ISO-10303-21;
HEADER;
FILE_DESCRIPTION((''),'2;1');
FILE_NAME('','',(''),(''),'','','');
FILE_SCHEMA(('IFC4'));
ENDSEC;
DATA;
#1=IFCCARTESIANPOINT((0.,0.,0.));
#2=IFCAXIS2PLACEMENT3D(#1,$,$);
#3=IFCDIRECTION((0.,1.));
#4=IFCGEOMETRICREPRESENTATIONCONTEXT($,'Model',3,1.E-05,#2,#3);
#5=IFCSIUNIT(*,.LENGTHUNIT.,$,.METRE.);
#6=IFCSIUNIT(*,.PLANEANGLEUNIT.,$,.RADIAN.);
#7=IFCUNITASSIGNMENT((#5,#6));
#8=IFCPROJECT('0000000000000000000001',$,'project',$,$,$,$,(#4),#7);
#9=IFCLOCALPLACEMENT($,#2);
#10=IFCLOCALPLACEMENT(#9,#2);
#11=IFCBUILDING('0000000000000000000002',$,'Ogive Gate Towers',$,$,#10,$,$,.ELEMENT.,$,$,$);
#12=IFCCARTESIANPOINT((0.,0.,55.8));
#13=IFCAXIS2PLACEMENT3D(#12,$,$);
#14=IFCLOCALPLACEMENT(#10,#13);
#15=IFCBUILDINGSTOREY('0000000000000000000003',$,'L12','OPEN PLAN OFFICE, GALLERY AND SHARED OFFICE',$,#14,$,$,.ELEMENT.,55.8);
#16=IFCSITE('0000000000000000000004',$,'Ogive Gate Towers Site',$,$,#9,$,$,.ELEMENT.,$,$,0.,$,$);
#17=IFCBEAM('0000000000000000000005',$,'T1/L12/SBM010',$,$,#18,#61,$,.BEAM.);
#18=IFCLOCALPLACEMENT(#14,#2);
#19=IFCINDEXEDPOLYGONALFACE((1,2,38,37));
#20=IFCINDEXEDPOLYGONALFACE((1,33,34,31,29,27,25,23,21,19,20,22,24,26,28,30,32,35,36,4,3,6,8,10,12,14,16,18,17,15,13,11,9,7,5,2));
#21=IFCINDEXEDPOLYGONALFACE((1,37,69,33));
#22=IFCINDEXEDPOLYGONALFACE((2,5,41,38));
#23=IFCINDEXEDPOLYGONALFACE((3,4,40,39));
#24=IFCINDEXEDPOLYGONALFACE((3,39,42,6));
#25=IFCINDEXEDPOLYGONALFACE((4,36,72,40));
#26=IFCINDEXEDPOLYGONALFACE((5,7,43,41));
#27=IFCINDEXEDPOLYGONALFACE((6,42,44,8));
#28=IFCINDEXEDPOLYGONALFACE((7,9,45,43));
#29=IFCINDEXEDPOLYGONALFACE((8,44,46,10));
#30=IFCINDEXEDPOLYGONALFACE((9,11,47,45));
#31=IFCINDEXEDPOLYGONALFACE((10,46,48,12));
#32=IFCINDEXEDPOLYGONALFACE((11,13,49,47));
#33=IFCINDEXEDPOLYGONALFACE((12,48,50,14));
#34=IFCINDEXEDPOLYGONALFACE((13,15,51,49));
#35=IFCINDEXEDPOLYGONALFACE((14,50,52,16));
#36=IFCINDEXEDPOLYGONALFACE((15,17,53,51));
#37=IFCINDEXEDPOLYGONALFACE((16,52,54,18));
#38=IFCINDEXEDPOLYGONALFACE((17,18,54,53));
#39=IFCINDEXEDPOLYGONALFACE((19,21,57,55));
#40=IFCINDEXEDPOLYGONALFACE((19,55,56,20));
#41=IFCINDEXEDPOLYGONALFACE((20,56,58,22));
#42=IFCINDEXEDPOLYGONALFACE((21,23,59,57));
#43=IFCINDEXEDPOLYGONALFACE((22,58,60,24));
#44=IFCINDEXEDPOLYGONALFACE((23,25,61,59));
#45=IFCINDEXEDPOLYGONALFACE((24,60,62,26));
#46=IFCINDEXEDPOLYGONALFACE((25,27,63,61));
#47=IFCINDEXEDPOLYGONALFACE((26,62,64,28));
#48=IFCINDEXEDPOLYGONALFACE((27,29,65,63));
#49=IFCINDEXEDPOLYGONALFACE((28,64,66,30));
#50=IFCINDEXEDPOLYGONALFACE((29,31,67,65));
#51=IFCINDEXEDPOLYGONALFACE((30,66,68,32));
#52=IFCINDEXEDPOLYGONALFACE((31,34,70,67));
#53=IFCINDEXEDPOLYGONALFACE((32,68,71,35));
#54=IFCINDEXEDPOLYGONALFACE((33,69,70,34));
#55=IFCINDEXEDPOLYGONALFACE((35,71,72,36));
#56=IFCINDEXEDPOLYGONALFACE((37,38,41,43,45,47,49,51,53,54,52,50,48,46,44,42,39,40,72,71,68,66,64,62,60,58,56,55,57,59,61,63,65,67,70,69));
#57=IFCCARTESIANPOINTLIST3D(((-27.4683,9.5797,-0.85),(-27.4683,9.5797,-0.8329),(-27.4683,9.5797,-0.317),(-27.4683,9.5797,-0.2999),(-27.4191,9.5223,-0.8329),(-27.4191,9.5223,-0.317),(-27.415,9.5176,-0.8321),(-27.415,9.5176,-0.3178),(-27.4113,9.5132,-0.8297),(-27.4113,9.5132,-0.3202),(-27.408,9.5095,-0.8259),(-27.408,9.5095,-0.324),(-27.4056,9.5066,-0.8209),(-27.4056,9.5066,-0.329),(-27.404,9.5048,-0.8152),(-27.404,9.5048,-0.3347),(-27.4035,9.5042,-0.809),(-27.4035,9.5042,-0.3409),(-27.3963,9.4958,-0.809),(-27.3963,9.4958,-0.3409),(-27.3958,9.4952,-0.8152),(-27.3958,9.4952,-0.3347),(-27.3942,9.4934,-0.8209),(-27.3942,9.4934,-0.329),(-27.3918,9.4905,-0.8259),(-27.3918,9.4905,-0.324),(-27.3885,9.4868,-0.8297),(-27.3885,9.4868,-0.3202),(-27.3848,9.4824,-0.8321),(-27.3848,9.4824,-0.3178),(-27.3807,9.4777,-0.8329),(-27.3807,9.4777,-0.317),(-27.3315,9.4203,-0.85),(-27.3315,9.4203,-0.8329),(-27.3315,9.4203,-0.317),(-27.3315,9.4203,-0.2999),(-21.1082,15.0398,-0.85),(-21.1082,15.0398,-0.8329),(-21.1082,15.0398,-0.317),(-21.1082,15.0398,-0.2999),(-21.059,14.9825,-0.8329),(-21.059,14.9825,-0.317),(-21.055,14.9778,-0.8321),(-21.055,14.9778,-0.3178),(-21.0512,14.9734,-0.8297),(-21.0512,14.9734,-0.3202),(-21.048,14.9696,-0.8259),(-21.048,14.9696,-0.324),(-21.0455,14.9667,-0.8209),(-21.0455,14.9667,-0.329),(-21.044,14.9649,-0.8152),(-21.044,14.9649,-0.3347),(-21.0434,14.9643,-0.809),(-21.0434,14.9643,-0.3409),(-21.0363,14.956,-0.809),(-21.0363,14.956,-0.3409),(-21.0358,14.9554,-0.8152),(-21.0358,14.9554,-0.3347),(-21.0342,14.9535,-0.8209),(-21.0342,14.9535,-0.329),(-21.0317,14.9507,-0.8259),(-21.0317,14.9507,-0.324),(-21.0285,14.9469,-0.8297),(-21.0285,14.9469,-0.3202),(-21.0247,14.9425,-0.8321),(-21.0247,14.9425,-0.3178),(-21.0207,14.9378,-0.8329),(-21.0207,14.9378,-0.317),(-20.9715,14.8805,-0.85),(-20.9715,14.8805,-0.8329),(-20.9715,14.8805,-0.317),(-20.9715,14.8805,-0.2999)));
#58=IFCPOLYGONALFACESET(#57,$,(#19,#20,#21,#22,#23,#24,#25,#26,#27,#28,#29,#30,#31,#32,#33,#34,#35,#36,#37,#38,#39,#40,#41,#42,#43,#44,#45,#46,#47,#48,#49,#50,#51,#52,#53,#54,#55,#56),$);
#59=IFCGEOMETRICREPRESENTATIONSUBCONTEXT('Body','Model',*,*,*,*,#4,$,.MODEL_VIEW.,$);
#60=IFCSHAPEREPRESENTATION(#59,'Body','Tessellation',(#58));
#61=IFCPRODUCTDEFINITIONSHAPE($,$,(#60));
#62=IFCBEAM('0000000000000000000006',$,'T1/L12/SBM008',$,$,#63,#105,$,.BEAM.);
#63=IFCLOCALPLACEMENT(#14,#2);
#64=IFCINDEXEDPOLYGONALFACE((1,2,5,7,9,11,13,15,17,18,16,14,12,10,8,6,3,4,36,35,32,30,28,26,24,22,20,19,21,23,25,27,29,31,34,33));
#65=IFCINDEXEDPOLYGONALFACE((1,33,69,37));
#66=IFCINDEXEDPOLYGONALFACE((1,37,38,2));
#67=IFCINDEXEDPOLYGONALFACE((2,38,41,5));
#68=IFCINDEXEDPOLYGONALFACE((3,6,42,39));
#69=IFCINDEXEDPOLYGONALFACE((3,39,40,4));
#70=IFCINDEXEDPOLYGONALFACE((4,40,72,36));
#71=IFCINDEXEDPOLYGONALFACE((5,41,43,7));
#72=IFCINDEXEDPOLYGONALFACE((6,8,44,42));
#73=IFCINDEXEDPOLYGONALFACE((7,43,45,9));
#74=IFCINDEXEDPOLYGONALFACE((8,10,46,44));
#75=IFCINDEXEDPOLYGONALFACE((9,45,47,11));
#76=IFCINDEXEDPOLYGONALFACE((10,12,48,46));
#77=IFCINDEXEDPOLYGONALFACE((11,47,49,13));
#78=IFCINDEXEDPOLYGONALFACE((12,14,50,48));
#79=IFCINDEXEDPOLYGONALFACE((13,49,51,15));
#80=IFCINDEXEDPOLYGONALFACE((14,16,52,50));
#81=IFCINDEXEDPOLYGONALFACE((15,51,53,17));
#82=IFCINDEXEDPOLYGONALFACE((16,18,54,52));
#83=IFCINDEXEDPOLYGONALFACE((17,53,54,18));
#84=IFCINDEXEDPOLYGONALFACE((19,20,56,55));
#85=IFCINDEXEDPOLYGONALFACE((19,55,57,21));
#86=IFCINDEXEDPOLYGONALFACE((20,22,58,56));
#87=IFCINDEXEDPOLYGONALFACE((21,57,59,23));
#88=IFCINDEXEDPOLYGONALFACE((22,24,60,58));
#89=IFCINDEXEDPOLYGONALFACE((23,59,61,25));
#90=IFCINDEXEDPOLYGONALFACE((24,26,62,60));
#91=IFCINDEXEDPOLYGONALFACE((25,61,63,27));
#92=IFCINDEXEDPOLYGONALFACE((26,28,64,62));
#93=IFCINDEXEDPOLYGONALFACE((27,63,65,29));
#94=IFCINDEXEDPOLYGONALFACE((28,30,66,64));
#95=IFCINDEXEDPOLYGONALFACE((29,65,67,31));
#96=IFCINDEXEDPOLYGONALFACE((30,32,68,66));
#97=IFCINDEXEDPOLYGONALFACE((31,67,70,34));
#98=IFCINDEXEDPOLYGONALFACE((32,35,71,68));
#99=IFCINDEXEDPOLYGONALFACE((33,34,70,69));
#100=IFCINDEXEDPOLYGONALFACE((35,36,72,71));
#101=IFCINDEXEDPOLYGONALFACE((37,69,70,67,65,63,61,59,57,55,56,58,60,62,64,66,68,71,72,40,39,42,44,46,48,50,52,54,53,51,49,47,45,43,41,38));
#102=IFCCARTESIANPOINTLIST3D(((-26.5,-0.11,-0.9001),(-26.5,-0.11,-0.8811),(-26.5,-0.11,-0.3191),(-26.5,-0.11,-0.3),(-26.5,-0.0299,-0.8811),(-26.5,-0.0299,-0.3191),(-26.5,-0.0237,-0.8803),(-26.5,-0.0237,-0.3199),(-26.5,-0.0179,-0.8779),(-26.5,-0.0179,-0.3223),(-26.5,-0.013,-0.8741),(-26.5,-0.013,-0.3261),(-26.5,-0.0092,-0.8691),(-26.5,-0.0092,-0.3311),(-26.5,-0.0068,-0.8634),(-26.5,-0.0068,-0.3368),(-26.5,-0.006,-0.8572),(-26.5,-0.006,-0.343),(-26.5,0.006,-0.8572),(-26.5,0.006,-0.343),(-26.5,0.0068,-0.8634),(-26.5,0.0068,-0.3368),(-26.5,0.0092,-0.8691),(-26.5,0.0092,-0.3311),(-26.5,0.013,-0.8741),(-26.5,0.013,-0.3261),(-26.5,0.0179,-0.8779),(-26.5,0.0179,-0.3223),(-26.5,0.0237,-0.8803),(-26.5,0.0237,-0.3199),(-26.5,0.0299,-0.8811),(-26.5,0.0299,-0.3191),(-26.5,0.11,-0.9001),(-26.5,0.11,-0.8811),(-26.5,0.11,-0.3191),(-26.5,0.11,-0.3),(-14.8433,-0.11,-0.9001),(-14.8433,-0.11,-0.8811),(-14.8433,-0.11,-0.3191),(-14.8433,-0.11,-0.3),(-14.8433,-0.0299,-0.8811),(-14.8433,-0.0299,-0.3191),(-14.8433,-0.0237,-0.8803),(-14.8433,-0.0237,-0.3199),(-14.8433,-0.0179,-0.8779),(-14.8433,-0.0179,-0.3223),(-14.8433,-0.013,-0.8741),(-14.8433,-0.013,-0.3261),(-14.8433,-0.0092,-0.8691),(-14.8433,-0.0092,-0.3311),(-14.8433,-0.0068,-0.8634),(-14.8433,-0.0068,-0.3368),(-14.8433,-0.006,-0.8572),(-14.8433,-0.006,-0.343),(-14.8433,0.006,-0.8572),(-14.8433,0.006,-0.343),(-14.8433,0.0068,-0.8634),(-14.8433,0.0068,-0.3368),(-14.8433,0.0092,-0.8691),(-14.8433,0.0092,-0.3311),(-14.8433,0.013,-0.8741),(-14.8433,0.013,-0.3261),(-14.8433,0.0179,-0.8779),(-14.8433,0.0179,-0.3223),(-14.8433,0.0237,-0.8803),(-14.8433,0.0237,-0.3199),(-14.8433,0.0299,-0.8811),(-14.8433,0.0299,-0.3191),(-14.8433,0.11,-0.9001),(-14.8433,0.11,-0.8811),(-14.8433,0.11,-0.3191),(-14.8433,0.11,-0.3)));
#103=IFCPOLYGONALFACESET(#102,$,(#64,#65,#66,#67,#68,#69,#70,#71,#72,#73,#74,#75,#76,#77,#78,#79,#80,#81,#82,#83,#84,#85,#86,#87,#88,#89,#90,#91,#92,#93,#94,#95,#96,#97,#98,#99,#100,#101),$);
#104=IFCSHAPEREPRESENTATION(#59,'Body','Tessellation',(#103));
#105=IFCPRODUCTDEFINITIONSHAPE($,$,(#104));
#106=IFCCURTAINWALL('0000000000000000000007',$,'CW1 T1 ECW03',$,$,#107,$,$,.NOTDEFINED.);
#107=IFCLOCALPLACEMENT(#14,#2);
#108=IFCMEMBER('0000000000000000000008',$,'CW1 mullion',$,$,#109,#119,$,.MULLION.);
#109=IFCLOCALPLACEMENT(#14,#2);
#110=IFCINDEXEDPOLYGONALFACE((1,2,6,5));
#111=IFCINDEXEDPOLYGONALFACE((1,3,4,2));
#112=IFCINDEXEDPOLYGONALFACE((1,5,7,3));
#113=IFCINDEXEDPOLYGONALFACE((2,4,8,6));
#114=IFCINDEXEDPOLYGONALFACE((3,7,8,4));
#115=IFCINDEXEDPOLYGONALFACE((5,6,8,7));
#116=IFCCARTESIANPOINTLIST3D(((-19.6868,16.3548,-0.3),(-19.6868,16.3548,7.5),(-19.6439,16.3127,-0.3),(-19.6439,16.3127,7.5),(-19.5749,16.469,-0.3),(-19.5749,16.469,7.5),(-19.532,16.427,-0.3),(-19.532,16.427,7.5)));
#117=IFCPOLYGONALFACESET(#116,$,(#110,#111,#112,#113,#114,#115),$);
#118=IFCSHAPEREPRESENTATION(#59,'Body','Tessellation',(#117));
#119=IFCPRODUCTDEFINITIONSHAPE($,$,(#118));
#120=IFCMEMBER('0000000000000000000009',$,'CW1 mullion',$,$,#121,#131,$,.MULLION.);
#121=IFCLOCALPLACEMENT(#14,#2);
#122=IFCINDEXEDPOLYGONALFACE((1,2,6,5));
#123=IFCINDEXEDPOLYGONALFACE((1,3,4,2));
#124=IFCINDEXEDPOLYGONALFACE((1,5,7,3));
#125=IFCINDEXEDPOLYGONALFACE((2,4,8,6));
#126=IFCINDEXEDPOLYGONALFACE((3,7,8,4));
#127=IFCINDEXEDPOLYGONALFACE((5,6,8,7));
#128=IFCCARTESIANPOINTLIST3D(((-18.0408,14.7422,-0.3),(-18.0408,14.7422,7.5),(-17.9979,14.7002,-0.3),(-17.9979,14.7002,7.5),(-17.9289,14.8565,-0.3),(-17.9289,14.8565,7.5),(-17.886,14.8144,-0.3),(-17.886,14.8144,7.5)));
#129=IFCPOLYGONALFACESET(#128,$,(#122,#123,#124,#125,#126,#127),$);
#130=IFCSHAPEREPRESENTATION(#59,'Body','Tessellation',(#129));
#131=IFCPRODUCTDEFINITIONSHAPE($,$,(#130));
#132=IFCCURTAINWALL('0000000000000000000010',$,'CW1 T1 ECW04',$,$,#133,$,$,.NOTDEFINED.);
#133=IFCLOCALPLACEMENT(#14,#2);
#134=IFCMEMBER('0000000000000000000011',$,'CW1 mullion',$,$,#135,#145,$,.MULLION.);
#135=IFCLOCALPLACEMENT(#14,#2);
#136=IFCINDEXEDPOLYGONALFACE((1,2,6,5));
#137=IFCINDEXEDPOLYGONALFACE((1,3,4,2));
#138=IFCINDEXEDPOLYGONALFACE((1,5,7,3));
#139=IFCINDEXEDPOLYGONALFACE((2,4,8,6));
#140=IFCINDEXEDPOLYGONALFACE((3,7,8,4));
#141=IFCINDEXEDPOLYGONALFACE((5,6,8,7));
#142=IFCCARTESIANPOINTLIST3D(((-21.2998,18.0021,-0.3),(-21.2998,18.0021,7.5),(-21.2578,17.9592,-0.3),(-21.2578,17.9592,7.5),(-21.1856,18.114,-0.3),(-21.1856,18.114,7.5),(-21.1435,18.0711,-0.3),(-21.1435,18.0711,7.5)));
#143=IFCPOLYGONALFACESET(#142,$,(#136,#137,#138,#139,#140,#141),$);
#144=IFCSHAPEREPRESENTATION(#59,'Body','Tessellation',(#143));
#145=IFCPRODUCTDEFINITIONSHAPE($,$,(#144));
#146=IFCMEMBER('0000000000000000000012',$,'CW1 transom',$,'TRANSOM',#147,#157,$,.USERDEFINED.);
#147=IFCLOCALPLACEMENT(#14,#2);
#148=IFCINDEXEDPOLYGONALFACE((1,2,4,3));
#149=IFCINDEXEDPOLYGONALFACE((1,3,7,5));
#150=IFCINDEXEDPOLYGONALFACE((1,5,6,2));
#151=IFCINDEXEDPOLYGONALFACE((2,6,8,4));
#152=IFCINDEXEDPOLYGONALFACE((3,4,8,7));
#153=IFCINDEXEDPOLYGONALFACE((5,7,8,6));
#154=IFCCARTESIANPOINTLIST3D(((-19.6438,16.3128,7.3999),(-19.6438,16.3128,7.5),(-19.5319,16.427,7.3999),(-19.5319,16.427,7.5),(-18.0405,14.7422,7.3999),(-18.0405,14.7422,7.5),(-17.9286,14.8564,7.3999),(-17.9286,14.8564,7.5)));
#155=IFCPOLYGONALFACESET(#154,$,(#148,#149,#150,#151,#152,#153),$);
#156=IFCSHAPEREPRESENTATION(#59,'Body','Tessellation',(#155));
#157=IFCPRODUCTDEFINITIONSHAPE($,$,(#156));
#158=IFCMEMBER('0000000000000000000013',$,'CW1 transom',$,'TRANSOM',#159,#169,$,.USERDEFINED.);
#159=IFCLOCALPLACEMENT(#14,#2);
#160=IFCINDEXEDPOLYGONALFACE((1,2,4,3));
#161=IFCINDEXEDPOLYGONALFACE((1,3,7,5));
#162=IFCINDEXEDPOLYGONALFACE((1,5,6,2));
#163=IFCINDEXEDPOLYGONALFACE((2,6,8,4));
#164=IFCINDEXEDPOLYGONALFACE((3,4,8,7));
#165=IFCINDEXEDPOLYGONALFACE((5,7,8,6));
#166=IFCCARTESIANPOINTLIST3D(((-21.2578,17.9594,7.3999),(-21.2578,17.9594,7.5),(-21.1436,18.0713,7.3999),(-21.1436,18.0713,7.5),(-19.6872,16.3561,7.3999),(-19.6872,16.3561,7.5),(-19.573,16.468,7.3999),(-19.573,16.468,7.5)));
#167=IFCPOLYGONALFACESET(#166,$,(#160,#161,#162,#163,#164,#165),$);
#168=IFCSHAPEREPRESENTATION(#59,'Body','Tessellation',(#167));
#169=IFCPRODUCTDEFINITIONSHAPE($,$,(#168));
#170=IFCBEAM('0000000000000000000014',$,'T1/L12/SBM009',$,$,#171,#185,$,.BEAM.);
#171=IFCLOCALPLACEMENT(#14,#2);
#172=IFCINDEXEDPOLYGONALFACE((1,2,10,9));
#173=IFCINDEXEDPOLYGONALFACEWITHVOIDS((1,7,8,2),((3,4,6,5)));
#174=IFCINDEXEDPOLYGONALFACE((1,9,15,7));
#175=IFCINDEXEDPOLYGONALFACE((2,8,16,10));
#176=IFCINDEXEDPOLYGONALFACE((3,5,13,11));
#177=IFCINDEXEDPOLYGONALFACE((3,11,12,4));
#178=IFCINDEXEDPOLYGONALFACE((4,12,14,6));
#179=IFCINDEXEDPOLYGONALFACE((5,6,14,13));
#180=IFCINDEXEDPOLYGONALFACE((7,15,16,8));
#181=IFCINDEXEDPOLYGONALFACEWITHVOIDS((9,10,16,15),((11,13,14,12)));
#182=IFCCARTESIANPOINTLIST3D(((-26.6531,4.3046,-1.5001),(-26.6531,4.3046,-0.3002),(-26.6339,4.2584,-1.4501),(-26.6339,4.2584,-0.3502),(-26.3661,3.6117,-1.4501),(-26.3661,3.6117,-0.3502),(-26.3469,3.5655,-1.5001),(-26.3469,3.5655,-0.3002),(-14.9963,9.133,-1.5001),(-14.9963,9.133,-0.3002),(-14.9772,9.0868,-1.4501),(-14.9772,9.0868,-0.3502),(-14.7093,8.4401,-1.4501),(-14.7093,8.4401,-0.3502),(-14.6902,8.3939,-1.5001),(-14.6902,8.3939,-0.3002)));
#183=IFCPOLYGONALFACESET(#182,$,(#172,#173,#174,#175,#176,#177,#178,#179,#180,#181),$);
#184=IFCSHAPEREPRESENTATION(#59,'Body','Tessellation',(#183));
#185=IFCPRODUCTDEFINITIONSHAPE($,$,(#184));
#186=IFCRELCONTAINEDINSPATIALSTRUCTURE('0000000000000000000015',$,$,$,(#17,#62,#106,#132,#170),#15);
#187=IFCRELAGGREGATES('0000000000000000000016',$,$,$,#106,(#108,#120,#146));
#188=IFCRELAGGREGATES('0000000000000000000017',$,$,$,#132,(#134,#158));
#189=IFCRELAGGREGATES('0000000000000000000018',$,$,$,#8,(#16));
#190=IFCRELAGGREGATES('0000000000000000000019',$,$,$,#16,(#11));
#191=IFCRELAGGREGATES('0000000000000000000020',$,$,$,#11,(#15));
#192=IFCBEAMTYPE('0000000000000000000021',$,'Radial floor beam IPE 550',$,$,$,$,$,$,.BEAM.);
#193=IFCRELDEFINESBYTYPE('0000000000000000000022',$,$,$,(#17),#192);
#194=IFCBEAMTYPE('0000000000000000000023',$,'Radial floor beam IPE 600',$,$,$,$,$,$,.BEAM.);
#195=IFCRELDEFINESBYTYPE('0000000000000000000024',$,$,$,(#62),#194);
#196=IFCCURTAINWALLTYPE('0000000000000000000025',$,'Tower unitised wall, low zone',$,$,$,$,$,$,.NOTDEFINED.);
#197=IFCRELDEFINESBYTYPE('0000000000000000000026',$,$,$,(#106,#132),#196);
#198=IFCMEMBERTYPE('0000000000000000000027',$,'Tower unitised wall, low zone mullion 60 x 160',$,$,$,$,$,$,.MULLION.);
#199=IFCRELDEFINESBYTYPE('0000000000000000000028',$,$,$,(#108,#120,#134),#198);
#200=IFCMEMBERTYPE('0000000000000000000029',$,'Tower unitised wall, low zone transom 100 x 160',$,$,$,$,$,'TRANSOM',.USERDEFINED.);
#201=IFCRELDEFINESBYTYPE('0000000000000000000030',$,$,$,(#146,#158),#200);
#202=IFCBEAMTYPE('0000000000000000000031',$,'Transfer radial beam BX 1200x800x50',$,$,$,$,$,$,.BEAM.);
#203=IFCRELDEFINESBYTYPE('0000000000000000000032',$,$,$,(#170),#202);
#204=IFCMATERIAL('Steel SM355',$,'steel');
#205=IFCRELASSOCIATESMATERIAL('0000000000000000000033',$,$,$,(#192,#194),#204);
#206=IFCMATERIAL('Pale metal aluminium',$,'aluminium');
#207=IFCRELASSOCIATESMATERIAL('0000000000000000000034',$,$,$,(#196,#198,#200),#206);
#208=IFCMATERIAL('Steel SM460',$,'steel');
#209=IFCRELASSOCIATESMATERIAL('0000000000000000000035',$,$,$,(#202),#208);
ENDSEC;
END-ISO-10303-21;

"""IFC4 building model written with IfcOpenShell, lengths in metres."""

from ifc_helpers import new_model, si_unit, direction, frame, origin, origin_2d, place, context, subcontext, project, spatial, rectangle, hollow_rectangle, i_section, extrude, material, material_profile, profile_set, type_object, element, aggregate, save


model = new_model("IFC4")

# Units and contexts
model_context = context("Model", 3, precision=1e-05, world=origin(), true_north=direction((0.0, 1.0)))
body_context = subcontext(model_context, "Body", "Model", "MODEL_VIEW")
ifc_project = project(units=[si_unit("LENGTHUNIT", "METRE"), si_unit("PLANEANGLEUNIT", "RADIAN")], contexts=[model_context])

# Site, building, storey
site_placement = place(None, origin())
site = spatial("IfcSite", under=ifc_project, at=site_placement, Name="Ogive Gate Towers Site", CompositionType="ELEMENT", RefElevation=0.0)
building_placement = place(site_placement, origin())
building = spatial("IfcBuilding", under=site, at=building_placement, Name="Ogive Gate Towers", CompositionType="ELEMENT")
storey_placement = place(building_placement, frame((0.0, 0.0, 55.8)))
storey = spatial("IfcBuildingStorey", under=building, at=storey_placement, Name="L12", Description="OPEN PLAN OFFICE, GALLERY AND SHARED OFFICE", CompositionType="ELEMENT", Elevation=55.8)

# Beams
ifc_material_1 = material(Name="Steel SM355", Category="steel")
ifc_material_profile_1 = material_profile(ifc_material_1, i_section(OverallWidth=0.21, OverallDepth=0.55, WebThickness=0.011, FlangeThickness=0.0171, FilletRadius=0.0239, at=origin_2d()), Name="IPE 550")
ifc_profile_set_1 = profile_set([ifc_material_profile_1], Name="Steel SM355")
beam_type_1 = type_object("IfcBeamType", Name="Radial floor beam IPE 550", PredefinedType="BEAM", material=ifc_profile_set_1)
beam_1_placement = place(storey_placement, frame((-27.3999, 9.5, -0.575), z_axis=(0.758744, 0.651388, 0.0), x_axis=(-0.651388, 0.758744, 0.0)))
element("IfcBeam", 1, at=beam_1_placement, inside=storey, type_object=beam_type_1, Name="T1/L12/SBM010", PredefinedType="BEAM", context=body_context, shape_type="SweptSolid", body=[
    extrude(i_section(OverallWidth=0.21, OverallDepth=0.55, WebThickness=0.011, FlangeThickness=0.0171, FilletRadius=0.0239, at=origin_2d()), origin(), (0.0, 0.0, 1.0), 8.3823),
])
ifc_material_profile_2 = material_profile(ifc_material_1, i_section(OverallWidth=0.22, OverallDepth=0.6001, WebThickness=0.012, FlangeThickness=0.019, FilletRadius=0.0239, at=origin_2d()), Name="IPE 600")
ifc_profile_set_2 = profile_set([ifc_material_profile_2], Name="Steel SM355")
beam_type_2 = type_object("IfcBeamType", Name="Radial floor beam IPE 600", PredefinedType="BEAM", material=ifc_profile_set_2)
beam_2_placement = place(storey_placement, frame((-26.5, 0.0, -0.6001), z_axis=(1.0, 0.0, 0.0), x_axis=(0.0, 1.0, 0.0)))
element("IfcBeam", 2, at=beam_2_placement, inside=storey, type_object=beam_type_2, Name="T1/L12/SBM008", PredefinedType="BEAM", context=body_context, shape_type="SweptSolid", body=[
    extrude(i_section(OverallWidth=0.22, OverallDepth=0.6001, WebThickness=0.012, FlangeThickness=0.019, FilletRadius=0.0239, at=origin_2d()), origin(), (0.0, 0.0, 1.0), 11.6567),
])

# Curtain wall, members
ifc_material_2 = material(Name="Pale metal aluminium", Category="aluminium")
curtain_wall_type_1 = type_object("IfcCurtainWallType", Name="Tower unitised wall, low zone", PredefinedType="NOTDEFINED", material=ifc_material_2)
curtain_wall_1_placement = place(storey_placement, origin())
curtain_wall_1 = element("IfcCurtainWall", 3, at=curtain_wall_1_placement, inside=storey, type_object=curtain_wall_type_1, Name="CW1 T1 ECW03", PredefinedType="NOTDEFINED")
ifc_material_profile_3 = material_profile(ifc_material_2, rectangle(XDim=0.1599, YDim=0.0601, at=origin_2d()), Name="60 x 160 aluminium box")
ifc_profile_set_3 = profile_set([ifc_material_profile_3], Name="Pale metal aluminium")
member_type_1 = type_object("IfcMemberType", Name="Tower unitised wall, low zone mullion 60 x 160", PredefinedType="MULLION", material=ifc_profile_set_3)
member_1_placement = place(storey_placement, frame((-19.6094, 16.3909, -0.3), z_axis=(0.0, 0.0, 1.0), x_axis=(-0.6998, -0.714338, 0.0)))
member_1 = element("IfcMember", 4, at=member_1_placement, type_object=member_type_1, Name="CW1 mullion", PredefinedType="MULLION", context=body_context, shape_type="SweptSolid", body=[
    extrude(rectangle(XDim=0.1599, YDim=0.0601, at=origin_2d()), origin(), (0.0, 0.0, 1.0), 7.8),
])
member_2_placement = place(storey_placement, frame((-17.9634, 14.7783, -0.3), z_axis=(0.0, 0.0, 1.0), x_axis=(-0.699788, -0.714351, 0.0)))
member_2 = element("IfcMember", 5, at=member_2_placement, type_object=member_type_1, Name="CW1 mullion", PredefinedType="MULLION", context=body_context, shape_type="SweptSolid", body=[
    extrude(rectangle(XDim=0.1599, YDim=0.0601, at=origin_2d()), origin(), (0.0, 0.0, 1.0), 7.8),
])

# Curtain wall, member
curtain_wall_2_placement = place(storey_placement, origin())
curtain_wall_2 = element("IfcCurtainWall", 6, at=curtain_wall_2_placement, inside=storey, type_object=curtain_wall_type_1, Name="CW1 T1 ECW04", PredefinedType="NOTDEFINED")
member_3_placement = place(storey_placement, frame((-21.2217, 18.0366, -0.3), z_axis=(0.0, 0.0, 1.0), x_axis=(-0.714351, -0.699788, 0.0)))
member_3 = element("IfcMember", 7, at=member_3_placement, type_object=member_type_1, Name="CW1 mullion", PredefinedType="MULLION", context=body_context, shape_type="SweptSolid", body=[
    extrude(rectangle(XDim=0.1599, YDim=0.0601, at=origin_2d()), origin(), (0.0, 0.0, 1.0), 7.8),
])

# Members
ifc_material_profile_4 = material_profile(ifc_material_2, rectangle(XDim=0.1599, YDim=0.1001, at=origin_2d()), Name="100 x 160 aluminium box")
ifc_profile_set_4 = profile_set([ifc_material_profile_4], Name="Pale metal aluminium")
member_type_2 = type_object("IfcMemberType", Name="Tower unitised wall, low zone transom 100 x 160", ElementType="TRANSOM", PredefinedType="USERDEFINED", material=ifc_profile_set_4)
member_4_placement = place(storey_placement, frame((-19.5879, 16.3699, 7.45), z_axis=(0.714357, -0.699781, 0.0), x_axis=(0.699781, 0.714357, 0.0)))
member_4 = element("IfcMember", 8, at=member_4_placement, type_object=member_type_2, Name="CW1 transom", ObjectType="TRANSOM", PredefinedType="USERDEFINED", context=body_context, shape_type="SweptSolid", body=[
    extrude(rectangle(XDim=0.1599, YDim=0.1001, at=origin_2d()), origin(), (0.0, 0.0, 1.0), 2.2444),
])
member_5_placement = place(storey_placement, frame((-21.2007, 18.0154, 7.45), z_axis=(0.699781, -0.714357, 0.0), x_axis=(0.714357, 0.699781, 0.0)))
member_5 = element("IfcMember", 9, at=member_5_placement, type_object=member_type_2, Name="CW1 transom", ObjectType="TRANSOM", PredefinedType="USERDEFINED", context=body_context, shape_type="SweptSolid", body=[
    extrude(rectangle(XDim=0.1599, YDim=0.1001, at=origin_2d()), origin(), (0.0, 0.0, 1.0), 2.2444),
])

# Beam
ifc_material_3 = material(Name="Steel SM460", Category="steel")
ifc_material_profile_5 = material_profile(ifc_material_3, hollow_rectangle(XDim=0.8, YDim=1.2, WallThickness=0.05, at=origin_2d()), Name="BX 1200x800x50")
ifc_profile_set_5 = profile_set([ifc_material_profile_5], Name="Steel SM460")
beam_type_3 = type_object("IfcBeamType", Name="Transfer radial beam BX 1200x800x50", PredefinedType="BEAM", material=ifc_profile_set_5)
beam_3_placement = place(storey_placement, frame((-26.5, 3.9351, -0.9001), z_axis=(0.92388, 0.382683, 0.0), x_axis=(-0.382683, 0.92388, 0.0)))
element("IfcBeam", 10, at=beam_3_placement, inside=storey, type_object=beam_type_3, Name="T1/L12/SBM009", PredefinedType="BEAM", context=body_context, shape_type="SweptSolid", body=[
    extrude(hollow_rectangle(XDim=0.8, YDim=1.2, WallThickness=0.05, at=origin_2d()), origin(), (0.0, 0.0, 1.0), 12.6172),
])

aggregate(curtain_wall_1, [member_1, member_2, member_4])
aggregate(curtain_wall_2, [member_3, member_5])

save(model, "model.ifc")
